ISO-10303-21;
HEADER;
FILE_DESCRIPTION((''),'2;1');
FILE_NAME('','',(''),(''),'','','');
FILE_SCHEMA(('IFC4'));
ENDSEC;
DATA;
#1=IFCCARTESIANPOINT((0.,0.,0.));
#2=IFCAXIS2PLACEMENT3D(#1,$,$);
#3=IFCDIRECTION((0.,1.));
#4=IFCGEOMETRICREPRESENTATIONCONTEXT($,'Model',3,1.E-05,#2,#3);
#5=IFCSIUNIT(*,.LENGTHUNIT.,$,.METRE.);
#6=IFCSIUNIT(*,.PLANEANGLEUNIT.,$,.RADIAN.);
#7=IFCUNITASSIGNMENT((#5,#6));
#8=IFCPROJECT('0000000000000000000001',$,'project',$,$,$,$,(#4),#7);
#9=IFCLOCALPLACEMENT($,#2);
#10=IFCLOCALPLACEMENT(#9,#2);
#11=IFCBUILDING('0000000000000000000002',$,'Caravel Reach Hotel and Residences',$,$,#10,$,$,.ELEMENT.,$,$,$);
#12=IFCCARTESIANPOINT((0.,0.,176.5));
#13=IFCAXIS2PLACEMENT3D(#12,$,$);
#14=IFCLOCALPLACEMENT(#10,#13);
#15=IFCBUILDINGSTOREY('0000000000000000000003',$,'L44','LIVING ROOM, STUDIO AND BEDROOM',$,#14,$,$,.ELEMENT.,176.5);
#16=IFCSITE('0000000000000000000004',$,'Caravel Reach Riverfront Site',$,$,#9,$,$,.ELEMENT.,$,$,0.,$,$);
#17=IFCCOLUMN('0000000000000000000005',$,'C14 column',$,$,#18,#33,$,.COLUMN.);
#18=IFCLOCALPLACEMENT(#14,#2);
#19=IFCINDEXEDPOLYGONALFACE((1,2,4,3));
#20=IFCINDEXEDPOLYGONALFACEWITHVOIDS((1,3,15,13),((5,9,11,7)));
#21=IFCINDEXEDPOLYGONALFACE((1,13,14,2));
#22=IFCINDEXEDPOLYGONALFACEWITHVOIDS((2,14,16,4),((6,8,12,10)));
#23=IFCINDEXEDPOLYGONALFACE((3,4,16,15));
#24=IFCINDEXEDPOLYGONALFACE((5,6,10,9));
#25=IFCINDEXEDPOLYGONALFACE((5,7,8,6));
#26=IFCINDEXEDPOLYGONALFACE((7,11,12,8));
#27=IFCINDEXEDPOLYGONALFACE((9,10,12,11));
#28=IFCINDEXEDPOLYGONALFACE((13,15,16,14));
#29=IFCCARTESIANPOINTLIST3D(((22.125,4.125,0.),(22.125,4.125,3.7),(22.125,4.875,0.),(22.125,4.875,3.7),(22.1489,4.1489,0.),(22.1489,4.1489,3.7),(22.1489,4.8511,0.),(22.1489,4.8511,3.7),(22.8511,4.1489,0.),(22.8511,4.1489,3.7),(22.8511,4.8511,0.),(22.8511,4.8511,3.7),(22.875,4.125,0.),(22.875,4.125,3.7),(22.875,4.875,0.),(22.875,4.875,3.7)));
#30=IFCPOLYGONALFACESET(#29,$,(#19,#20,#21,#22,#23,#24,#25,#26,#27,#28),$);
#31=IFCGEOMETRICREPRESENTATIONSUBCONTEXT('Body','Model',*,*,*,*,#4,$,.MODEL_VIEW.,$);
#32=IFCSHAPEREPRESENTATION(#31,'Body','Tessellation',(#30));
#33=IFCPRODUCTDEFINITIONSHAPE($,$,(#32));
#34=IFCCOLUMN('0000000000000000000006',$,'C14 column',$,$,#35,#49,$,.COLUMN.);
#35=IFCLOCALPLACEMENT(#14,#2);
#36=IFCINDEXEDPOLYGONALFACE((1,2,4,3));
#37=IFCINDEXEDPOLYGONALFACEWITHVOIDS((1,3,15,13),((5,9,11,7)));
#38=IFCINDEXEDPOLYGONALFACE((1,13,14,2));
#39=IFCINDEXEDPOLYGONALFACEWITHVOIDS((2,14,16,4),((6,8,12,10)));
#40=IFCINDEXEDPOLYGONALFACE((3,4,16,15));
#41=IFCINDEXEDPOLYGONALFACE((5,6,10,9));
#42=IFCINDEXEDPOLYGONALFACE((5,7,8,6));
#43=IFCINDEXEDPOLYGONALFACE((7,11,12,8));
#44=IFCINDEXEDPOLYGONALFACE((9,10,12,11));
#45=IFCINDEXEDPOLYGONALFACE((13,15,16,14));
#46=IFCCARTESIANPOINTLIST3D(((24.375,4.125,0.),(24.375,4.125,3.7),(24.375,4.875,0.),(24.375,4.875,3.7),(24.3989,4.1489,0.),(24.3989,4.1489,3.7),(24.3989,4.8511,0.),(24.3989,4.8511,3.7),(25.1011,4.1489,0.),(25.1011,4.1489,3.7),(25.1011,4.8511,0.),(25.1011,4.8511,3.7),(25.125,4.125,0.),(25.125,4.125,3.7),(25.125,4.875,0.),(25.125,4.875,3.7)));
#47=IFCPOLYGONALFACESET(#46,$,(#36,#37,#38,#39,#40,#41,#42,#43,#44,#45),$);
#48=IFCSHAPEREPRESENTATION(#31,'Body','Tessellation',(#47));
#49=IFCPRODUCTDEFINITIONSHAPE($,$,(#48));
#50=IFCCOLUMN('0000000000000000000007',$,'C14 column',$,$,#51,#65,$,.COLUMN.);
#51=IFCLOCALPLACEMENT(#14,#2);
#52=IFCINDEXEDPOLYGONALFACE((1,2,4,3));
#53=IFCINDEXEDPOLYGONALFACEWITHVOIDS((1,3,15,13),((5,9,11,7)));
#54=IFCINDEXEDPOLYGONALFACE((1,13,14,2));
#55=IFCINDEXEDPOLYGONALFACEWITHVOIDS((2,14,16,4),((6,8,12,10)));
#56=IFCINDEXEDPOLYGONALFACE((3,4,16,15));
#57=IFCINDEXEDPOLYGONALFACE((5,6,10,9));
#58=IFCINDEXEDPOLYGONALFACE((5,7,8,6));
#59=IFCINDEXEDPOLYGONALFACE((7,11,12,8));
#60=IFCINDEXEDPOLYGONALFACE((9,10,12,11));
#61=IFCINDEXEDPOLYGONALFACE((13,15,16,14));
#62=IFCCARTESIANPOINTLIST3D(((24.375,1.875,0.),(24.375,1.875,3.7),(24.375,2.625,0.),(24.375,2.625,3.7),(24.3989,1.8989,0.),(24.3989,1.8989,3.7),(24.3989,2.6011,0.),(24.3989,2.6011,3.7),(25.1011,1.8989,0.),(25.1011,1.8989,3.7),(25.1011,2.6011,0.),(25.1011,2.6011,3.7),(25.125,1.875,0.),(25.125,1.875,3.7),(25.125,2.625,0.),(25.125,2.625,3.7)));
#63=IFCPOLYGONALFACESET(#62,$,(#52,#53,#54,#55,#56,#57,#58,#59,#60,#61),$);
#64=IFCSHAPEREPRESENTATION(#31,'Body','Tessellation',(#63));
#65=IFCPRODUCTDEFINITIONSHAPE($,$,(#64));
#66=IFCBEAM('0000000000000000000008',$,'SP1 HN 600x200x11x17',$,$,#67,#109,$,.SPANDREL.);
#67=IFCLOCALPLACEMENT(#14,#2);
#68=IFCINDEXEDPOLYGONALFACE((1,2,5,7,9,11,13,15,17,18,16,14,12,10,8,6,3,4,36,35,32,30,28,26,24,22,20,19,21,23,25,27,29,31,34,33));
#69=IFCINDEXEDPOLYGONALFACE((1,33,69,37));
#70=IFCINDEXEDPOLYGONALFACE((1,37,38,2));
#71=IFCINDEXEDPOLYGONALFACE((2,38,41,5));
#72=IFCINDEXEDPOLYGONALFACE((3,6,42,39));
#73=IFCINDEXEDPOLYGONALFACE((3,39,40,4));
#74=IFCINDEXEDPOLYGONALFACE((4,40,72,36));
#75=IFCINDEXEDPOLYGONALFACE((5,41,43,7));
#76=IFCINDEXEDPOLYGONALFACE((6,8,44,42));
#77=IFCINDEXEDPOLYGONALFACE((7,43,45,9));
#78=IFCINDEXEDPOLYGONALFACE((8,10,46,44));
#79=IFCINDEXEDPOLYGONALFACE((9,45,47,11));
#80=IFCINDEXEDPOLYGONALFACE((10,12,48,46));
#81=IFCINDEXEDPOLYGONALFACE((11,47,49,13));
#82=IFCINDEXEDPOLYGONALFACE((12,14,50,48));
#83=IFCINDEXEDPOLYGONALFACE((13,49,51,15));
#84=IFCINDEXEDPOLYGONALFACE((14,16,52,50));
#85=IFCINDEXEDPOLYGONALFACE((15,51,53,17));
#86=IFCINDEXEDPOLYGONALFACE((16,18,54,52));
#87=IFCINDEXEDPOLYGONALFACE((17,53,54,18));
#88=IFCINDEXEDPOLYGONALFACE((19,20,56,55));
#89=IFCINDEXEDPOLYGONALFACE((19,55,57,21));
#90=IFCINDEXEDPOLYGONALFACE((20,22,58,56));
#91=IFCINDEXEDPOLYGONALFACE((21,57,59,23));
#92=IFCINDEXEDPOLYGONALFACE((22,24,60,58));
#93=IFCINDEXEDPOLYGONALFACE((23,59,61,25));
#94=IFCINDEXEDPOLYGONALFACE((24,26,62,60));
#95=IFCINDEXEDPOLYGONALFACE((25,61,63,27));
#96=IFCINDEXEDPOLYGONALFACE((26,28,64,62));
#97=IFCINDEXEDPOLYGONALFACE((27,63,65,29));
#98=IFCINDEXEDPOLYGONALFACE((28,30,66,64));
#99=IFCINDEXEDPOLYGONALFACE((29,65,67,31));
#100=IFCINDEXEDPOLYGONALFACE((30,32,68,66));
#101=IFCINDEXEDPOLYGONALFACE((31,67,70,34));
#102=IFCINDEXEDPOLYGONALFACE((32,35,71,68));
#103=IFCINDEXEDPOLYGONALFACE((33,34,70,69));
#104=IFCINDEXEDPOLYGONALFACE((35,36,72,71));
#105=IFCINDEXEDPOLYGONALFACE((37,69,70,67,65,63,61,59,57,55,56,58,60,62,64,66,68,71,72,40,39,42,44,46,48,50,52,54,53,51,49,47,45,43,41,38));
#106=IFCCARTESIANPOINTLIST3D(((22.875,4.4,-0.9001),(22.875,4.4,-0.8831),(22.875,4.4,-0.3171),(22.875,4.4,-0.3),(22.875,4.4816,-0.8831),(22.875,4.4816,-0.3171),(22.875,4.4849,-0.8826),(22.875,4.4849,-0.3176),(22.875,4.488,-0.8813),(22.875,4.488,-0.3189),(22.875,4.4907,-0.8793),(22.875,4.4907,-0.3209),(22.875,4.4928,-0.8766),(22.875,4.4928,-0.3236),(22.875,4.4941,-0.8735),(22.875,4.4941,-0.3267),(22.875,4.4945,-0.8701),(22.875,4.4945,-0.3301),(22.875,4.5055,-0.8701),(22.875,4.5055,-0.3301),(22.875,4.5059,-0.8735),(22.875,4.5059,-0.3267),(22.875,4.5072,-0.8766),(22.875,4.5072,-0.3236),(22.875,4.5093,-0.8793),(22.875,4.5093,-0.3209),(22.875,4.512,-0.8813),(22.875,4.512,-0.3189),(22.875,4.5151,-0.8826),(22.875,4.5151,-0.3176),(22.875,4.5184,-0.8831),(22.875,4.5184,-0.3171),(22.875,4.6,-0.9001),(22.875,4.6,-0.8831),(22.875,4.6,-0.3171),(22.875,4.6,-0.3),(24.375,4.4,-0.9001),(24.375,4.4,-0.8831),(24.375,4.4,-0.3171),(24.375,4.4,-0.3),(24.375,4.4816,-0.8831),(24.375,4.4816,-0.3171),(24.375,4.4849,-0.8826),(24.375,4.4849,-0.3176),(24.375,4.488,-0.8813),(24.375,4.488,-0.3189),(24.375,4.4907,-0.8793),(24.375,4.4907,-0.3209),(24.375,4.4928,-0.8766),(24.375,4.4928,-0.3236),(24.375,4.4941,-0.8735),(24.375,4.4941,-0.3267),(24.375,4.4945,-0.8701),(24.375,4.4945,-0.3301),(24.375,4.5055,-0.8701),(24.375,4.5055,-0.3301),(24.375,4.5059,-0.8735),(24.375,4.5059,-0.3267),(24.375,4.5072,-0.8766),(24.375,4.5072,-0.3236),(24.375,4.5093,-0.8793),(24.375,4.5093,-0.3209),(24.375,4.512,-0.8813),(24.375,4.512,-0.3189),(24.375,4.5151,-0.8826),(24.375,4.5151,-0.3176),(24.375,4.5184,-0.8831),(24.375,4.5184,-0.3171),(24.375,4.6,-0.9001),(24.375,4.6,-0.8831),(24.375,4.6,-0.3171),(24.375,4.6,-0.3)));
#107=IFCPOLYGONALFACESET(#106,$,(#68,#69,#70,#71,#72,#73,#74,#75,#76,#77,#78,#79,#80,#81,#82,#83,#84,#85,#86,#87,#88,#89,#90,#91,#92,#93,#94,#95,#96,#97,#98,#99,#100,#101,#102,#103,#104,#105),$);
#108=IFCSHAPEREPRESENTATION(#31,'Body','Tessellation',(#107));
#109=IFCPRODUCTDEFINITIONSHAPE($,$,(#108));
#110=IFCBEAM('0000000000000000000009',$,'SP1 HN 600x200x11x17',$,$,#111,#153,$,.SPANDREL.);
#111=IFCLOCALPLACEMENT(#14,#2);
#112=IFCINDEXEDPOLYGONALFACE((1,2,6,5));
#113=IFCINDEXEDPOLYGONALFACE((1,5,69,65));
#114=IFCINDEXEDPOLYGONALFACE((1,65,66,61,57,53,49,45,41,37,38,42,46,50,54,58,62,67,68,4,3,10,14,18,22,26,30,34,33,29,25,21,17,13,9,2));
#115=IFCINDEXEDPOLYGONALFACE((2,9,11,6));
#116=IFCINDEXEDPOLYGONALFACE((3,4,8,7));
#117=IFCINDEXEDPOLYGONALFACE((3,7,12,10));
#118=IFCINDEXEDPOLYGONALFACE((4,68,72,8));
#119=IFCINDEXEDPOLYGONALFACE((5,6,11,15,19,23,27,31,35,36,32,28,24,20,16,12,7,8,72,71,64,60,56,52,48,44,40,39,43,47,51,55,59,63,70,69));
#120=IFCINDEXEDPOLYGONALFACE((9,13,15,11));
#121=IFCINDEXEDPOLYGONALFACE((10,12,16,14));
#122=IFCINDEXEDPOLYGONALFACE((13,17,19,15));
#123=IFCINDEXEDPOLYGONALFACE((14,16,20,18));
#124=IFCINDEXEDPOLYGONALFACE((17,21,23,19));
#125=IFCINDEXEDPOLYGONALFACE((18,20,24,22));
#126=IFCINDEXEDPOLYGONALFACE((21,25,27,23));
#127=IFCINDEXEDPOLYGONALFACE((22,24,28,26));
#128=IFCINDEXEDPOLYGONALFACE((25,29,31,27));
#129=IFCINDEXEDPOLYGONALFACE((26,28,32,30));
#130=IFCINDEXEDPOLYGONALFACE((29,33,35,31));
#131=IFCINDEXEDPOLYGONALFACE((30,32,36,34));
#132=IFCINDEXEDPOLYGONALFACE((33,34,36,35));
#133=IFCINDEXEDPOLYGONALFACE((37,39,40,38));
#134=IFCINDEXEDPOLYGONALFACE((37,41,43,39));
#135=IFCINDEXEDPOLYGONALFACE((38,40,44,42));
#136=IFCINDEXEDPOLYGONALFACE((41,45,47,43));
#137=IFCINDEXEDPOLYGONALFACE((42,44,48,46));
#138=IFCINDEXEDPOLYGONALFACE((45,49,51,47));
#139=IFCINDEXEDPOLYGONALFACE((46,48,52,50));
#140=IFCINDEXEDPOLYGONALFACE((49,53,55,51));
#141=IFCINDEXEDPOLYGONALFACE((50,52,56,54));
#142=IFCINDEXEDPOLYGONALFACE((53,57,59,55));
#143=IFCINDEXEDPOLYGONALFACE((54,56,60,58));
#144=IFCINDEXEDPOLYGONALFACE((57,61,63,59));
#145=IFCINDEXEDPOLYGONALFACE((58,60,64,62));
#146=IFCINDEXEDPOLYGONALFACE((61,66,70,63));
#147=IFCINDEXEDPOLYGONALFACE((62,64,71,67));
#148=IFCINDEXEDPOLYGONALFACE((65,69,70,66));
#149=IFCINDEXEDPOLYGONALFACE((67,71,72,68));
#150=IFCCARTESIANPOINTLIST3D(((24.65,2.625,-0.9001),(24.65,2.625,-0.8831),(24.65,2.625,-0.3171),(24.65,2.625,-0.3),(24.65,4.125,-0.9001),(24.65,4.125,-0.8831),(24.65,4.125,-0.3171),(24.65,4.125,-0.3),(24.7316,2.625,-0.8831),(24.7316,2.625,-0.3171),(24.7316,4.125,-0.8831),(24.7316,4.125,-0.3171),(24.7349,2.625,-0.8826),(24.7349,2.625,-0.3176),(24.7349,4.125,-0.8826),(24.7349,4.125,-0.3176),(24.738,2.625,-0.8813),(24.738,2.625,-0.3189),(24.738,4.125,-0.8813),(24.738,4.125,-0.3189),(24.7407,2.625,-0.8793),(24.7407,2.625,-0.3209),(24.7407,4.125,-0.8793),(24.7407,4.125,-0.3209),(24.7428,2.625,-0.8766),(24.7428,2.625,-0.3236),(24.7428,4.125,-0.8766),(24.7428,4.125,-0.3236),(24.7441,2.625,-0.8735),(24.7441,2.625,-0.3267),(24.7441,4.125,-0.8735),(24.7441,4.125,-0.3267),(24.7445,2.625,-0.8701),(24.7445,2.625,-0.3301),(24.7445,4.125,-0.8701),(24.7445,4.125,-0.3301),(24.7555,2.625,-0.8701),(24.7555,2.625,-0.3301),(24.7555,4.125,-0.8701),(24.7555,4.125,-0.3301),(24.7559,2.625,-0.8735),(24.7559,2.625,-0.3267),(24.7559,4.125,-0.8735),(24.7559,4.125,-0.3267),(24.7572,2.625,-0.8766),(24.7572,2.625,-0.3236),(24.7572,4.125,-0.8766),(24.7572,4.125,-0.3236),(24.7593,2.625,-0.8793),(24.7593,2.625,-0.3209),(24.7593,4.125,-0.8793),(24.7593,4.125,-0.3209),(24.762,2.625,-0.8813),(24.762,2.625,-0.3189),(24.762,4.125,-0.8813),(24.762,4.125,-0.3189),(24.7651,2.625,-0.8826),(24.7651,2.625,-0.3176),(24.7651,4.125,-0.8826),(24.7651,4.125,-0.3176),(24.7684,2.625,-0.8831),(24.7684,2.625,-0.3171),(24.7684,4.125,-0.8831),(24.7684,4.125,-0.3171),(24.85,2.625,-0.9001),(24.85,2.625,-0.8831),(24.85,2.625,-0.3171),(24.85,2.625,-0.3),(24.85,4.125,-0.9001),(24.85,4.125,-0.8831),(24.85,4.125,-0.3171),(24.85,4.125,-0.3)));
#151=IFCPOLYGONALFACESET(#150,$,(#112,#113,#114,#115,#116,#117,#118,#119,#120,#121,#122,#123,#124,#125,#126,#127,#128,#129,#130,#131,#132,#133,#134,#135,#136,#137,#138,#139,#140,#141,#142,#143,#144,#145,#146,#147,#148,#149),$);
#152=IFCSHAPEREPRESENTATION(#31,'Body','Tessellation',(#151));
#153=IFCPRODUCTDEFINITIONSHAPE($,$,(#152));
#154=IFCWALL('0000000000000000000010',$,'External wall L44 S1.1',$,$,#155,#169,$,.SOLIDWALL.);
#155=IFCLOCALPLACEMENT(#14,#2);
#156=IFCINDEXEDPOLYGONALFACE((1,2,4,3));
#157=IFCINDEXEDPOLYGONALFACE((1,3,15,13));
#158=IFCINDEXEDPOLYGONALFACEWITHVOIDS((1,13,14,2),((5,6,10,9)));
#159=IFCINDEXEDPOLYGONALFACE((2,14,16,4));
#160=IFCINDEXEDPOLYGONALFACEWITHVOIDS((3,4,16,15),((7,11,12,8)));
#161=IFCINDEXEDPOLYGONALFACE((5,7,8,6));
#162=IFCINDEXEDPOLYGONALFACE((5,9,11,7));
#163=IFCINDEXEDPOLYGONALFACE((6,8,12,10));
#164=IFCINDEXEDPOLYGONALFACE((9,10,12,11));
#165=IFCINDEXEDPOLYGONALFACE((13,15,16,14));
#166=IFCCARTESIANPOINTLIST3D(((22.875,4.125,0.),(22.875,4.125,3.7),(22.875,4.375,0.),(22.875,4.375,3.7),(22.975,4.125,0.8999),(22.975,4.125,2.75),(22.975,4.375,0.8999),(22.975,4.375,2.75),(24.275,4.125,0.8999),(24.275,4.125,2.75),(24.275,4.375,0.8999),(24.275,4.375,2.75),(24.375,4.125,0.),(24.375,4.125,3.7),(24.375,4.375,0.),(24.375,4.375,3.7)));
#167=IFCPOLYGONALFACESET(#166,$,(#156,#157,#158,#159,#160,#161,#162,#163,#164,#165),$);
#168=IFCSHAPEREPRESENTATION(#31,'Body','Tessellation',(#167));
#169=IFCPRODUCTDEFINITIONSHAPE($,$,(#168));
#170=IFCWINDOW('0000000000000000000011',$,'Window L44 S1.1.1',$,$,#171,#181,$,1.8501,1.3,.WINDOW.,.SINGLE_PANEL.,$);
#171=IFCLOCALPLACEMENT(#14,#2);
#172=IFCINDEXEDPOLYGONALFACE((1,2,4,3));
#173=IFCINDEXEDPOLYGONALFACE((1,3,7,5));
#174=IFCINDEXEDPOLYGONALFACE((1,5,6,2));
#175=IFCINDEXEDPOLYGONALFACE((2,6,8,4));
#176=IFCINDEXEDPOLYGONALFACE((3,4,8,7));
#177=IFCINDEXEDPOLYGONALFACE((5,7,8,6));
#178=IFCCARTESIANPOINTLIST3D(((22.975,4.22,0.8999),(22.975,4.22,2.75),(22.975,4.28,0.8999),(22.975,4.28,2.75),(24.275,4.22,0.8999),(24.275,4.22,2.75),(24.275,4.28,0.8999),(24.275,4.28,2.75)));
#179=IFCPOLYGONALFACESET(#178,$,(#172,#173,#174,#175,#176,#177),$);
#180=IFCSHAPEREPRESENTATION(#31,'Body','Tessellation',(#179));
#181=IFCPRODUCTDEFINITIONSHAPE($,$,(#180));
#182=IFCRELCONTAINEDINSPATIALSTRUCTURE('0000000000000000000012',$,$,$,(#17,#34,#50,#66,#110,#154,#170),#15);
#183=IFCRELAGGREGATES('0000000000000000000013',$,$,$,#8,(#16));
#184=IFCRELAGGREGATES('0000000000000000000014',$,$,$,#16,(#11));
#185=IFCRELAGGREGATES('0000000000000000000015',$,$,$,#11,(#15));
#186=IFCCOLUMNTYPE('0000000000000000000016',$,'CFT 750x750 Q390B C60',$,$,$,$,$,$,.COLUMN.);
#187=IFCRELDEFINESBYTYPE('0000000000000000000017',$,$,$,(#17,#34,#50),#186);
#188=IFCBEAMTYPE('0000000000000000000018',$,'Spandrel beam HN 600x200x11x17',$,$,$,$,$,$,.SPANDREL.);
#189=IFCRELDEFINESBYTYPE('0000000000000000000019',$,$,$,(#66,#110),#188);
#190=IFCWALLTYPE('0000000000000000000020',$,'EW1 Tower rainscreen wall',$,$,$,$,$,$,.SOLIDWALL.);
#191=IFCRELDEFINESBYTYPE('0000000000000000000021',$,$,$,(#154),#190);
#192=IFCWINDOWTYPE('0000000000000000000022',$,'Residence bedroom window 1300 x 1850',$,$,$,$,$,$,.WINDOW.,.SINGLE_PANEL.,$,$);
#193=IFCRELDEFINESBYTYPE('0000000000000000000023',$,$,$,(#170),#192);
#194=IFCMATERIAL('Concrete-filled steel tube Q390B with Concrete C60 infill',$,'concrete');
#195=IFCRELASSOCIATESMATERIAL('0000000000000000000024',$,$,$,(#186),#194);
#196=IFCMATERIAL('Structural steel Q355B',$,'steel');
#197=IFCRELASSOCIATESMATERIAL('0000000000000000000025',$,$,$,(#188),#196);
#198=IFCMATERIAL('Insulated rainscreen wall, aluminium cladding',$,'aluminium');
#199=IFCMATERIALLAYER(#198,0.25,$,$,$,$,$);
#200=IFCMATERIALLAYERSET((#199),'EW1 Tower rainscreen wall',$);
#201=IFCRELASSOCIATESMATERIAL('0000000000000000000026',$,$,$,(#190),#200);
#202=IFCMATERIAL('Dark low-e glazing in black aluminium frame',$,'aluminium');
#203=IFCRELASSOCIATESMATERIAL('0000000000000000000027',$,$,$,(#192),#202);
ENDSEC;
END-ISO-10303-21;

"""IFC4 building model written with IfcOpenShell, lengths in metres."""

from ifc_helpers import new_model, si_unit, direction, frame, frame_2d, origin, origin_2d, place, context, subcontext, project, spatial, rectangle, hollow_rectangle, i_section, extrude, material, layer, layer_set, material_profile, profile_set, type_object, element, fill, save


model = new_model("IFC4")

# Units and contexts
model_context = context("Model", 3, precision=1e-05, world=origin(), true_north=direction((0.0, 1.0)))
body_context = subcontext(model_context, "Body", "Model", "MODEL_VIEW")
ifc_project = project(units=[si_unit("LENGTHUNIT", "METRE"), si_unit("PLANEANGLEUNIT", "RADIAN")], contexts=[model_context])

# Site, building, storey
site_placement = place(None, origin())
site = spatial("IfcSite", under=ifc_project, at=site_placement, Name="Caravel Reach Riverfront Site", CompositionType="ELEMENT", RefElevation=0.0)
building_placement = place(site_placement, origin())
building = spatial("IfcBuilding", under=site, at=building_placement, Name="Caravel Reach Hotel and Residences", CompositionType="ELEMENT")
storey_placement = place(building_placement, frame((0.0, 0.0, 176.5)))
storey = spatial("IfcBuildingStorey", under=building, at=storey_placement, Name="L44", Description="LIVING ROOM, STUDIO AND BEDROOM", CompositionType="ELEMENT", Elevation=176.5)

# Columns
ifc_material_1 = material(Name="Concrete-filled steel tube Q390B with Concrete C60 infill", Category="concrete")
ifc_material_profile_1 = material_profile(ifc_material_1, hollow_rectangle(XDim=0.75, YDim=0.75, WallThickness=0.0239, at=origin_2d()), Name="RHS 750x750x24")
ifc_profile_set_1 = profile_set([ifc_material_profile_1], Name="Concrete-filled steel tube Q390B with Concrete C60 infill")
column_type = type_object("IfcColumnType", Name="CFT 750x750 Q390B C60", PredefinedType="COLUMN", material=ifc_profile_set_1)
for number, where, z_axis, x_axis, name in (
    (1, (22.5, 4.5, 0.0), (0.0, 0.0, 1.0), (1.0, 0.0, 0.0), "C14 column"),
    (2, (24.75, 4.5, 0.0), (0.0, 0.0, 1.0), (1.0, 0.0, 0.0), "C14 column"),
    (3, (24.75, 2.25, 0.0), (0.0, 0.0, 1.0), (1.0, 0.0, 0.0), "C14 column"),
):
    element("IfcColumn", number, at=place(storey_placement, frame(where, z_axis=z_axis, x_axis=x_axis)), inside=storey, type_object=column_type, Name=name, PredefinedType="COLUMN", context=body_context, shape_type="SweptSolid", body=[
        extrude(hollow_rectangle(XDim=0.75, YDim=0.75, WallThickness=0.0239, at=origin_2d()), origin(), (0.0, 0.0, 1.0), 3.7),
    ])

# Beams
ifc_material_2 = material(Name="Structural steel Q355B", Category="steel")
ifc_material_profile_2 = material_profile(ifc_material_2, i_section(OverallWidth=0.2, OverallDepth=0.6001, WebThickness=0.011, FlangeThickness=0.0171, FilletRadius=0.0129, at=origin_2d()), Name="HN 600x200x11x17")
ifc_profile_set_2 = profile_set([ifc_material_profile_2], Name="Structural steel Q355B")
beam_type = type_object("IfcBeamType", Name="Spandrel beam HN 600x200x11x17", PredefinedType="SPANDREL", material=ifc_profile_set_2)
for number, where, z_axis, x_axis, name in (
    (4, (22.875, 4.5, -0.6001), (1.0, 0.0, 0.0), (0.0, 1.0, 0.0), "SP1 HN 600x200x11x17"),
    (5, (24.75, 4.125, -0.6001), (0.0, -1.0, 0.0), (1.0, 0.0, 0.0), "SP1 HN 600x200x11x17"),
):
    element("IfcBeam", number, at=place(storey_placement, frame(where, z_axis=z_axis, x_axis=x_axis)), inside=storey, type_object=beam_type, Name=name, PredefinedType="SPANDREL", context=body_context, shape_type="SweptSolid", body=[
        extrude(i_section(OverallWidth=0.2, OverallDepth=0.6001, WebThickness=0.011, FlangeThickness=0.0171, FilletRadius=0.0129, at=origin_2d()), origin(), (0.0, 0.0, 1.0), 1.5),
    ])

# Wall, opening, window
ifc_material_3 = material(Name="Insulated rainscreen wall, aluminium cladding", Category="aluminium")
ifc_layer_1 = layer(ifc_material_3, 0.25)
ifc_layer_set_1 = layer_set([ifc_layer_1], Name="EW1 Tower rainscreen wall")
wall_type_1 = type_object("IfcWallType", Name="EW1 Tower rainscreen wall", PredefinedType="SOLIDWALL", material=ifc_layer_set_1)
wall_1_placement = place(storey_placement, frame((22.875, 4.25, 0.0), z_axis=(0.0, 0.0, 1.0), x_axis=(1.0, 0.0, 0.0)))
wall_1 = element("IfcWall", 6, at=wall_1_placement, inside=storey, type_object=wall_type_1, Name="External wall L44 S1.1", PredefinedType="SOLIDWALL", context=body_context, shape_type="SweptSolid", body=[
    extrude(rectangle(XDim=1.5, YDim=0.25, at=frame_2d((0.75, 0.0))), origin(), (0.0, 0.0, 1.0), 3.7),
])
opening_1_placement = place(wall_1_placement, frame((0.1001, 0.0, 0.8999)))
opening_1 = element("IfcOpeningElement", 7, at=opening_1_placement, cuts=wall_1, PredefinedType="OPENING", context=body_context, shape_type="SweptSolid", body=[
    extrude(rectangle(XDim=1.3, YDim=1.8501, at=frame_2d((0.6499, 0.925))), frame((0.0, 0.135, 0.0), z_axis=(0.0, -1.0, 0.0), x_axis=(1.0, 0.0, 0.0)), (0.0, 0.0, 1.0), 0.27),
])
ifc_material_4 = material(Name="Dark low-e glazing in black aluminium frame", Category="aluminium")
window_type = type_object("IfcWindowType", Name="Residence bedroom window 1300 x 1850", PartitioningType="SINGLE_PANEL", PredefinedType="WINDOW", material=ifc_material_4)
window_1_placement = place(opening_1_placement, origin())
window_1 = element("IfcWindow", 8, at=window_1_placement, inside=storey, type_object=window_type, Name="Window L44 S1.1.1", OverallHeight=1.8501, OverallWidth=1.3, PartitioningType="SINGLE_PANEL", PredefinedType="WINDOW", context=body_context, shape_type="SweptSolid", body=[
    extrude(rectangle(XDim=1.3, YDim=1.8501, at=frame_2d((0.6499, 0.925))), frame((0.0, 0.03, 0.0), z_axis=(0.0, -1.0, 0.0), x_axis=(1.0, 0.0, 0.0)), (0.0, 0.0, 1.0), 0.0601),
])
fill(opening_1, window_1)

save(model, "model.ifc")
